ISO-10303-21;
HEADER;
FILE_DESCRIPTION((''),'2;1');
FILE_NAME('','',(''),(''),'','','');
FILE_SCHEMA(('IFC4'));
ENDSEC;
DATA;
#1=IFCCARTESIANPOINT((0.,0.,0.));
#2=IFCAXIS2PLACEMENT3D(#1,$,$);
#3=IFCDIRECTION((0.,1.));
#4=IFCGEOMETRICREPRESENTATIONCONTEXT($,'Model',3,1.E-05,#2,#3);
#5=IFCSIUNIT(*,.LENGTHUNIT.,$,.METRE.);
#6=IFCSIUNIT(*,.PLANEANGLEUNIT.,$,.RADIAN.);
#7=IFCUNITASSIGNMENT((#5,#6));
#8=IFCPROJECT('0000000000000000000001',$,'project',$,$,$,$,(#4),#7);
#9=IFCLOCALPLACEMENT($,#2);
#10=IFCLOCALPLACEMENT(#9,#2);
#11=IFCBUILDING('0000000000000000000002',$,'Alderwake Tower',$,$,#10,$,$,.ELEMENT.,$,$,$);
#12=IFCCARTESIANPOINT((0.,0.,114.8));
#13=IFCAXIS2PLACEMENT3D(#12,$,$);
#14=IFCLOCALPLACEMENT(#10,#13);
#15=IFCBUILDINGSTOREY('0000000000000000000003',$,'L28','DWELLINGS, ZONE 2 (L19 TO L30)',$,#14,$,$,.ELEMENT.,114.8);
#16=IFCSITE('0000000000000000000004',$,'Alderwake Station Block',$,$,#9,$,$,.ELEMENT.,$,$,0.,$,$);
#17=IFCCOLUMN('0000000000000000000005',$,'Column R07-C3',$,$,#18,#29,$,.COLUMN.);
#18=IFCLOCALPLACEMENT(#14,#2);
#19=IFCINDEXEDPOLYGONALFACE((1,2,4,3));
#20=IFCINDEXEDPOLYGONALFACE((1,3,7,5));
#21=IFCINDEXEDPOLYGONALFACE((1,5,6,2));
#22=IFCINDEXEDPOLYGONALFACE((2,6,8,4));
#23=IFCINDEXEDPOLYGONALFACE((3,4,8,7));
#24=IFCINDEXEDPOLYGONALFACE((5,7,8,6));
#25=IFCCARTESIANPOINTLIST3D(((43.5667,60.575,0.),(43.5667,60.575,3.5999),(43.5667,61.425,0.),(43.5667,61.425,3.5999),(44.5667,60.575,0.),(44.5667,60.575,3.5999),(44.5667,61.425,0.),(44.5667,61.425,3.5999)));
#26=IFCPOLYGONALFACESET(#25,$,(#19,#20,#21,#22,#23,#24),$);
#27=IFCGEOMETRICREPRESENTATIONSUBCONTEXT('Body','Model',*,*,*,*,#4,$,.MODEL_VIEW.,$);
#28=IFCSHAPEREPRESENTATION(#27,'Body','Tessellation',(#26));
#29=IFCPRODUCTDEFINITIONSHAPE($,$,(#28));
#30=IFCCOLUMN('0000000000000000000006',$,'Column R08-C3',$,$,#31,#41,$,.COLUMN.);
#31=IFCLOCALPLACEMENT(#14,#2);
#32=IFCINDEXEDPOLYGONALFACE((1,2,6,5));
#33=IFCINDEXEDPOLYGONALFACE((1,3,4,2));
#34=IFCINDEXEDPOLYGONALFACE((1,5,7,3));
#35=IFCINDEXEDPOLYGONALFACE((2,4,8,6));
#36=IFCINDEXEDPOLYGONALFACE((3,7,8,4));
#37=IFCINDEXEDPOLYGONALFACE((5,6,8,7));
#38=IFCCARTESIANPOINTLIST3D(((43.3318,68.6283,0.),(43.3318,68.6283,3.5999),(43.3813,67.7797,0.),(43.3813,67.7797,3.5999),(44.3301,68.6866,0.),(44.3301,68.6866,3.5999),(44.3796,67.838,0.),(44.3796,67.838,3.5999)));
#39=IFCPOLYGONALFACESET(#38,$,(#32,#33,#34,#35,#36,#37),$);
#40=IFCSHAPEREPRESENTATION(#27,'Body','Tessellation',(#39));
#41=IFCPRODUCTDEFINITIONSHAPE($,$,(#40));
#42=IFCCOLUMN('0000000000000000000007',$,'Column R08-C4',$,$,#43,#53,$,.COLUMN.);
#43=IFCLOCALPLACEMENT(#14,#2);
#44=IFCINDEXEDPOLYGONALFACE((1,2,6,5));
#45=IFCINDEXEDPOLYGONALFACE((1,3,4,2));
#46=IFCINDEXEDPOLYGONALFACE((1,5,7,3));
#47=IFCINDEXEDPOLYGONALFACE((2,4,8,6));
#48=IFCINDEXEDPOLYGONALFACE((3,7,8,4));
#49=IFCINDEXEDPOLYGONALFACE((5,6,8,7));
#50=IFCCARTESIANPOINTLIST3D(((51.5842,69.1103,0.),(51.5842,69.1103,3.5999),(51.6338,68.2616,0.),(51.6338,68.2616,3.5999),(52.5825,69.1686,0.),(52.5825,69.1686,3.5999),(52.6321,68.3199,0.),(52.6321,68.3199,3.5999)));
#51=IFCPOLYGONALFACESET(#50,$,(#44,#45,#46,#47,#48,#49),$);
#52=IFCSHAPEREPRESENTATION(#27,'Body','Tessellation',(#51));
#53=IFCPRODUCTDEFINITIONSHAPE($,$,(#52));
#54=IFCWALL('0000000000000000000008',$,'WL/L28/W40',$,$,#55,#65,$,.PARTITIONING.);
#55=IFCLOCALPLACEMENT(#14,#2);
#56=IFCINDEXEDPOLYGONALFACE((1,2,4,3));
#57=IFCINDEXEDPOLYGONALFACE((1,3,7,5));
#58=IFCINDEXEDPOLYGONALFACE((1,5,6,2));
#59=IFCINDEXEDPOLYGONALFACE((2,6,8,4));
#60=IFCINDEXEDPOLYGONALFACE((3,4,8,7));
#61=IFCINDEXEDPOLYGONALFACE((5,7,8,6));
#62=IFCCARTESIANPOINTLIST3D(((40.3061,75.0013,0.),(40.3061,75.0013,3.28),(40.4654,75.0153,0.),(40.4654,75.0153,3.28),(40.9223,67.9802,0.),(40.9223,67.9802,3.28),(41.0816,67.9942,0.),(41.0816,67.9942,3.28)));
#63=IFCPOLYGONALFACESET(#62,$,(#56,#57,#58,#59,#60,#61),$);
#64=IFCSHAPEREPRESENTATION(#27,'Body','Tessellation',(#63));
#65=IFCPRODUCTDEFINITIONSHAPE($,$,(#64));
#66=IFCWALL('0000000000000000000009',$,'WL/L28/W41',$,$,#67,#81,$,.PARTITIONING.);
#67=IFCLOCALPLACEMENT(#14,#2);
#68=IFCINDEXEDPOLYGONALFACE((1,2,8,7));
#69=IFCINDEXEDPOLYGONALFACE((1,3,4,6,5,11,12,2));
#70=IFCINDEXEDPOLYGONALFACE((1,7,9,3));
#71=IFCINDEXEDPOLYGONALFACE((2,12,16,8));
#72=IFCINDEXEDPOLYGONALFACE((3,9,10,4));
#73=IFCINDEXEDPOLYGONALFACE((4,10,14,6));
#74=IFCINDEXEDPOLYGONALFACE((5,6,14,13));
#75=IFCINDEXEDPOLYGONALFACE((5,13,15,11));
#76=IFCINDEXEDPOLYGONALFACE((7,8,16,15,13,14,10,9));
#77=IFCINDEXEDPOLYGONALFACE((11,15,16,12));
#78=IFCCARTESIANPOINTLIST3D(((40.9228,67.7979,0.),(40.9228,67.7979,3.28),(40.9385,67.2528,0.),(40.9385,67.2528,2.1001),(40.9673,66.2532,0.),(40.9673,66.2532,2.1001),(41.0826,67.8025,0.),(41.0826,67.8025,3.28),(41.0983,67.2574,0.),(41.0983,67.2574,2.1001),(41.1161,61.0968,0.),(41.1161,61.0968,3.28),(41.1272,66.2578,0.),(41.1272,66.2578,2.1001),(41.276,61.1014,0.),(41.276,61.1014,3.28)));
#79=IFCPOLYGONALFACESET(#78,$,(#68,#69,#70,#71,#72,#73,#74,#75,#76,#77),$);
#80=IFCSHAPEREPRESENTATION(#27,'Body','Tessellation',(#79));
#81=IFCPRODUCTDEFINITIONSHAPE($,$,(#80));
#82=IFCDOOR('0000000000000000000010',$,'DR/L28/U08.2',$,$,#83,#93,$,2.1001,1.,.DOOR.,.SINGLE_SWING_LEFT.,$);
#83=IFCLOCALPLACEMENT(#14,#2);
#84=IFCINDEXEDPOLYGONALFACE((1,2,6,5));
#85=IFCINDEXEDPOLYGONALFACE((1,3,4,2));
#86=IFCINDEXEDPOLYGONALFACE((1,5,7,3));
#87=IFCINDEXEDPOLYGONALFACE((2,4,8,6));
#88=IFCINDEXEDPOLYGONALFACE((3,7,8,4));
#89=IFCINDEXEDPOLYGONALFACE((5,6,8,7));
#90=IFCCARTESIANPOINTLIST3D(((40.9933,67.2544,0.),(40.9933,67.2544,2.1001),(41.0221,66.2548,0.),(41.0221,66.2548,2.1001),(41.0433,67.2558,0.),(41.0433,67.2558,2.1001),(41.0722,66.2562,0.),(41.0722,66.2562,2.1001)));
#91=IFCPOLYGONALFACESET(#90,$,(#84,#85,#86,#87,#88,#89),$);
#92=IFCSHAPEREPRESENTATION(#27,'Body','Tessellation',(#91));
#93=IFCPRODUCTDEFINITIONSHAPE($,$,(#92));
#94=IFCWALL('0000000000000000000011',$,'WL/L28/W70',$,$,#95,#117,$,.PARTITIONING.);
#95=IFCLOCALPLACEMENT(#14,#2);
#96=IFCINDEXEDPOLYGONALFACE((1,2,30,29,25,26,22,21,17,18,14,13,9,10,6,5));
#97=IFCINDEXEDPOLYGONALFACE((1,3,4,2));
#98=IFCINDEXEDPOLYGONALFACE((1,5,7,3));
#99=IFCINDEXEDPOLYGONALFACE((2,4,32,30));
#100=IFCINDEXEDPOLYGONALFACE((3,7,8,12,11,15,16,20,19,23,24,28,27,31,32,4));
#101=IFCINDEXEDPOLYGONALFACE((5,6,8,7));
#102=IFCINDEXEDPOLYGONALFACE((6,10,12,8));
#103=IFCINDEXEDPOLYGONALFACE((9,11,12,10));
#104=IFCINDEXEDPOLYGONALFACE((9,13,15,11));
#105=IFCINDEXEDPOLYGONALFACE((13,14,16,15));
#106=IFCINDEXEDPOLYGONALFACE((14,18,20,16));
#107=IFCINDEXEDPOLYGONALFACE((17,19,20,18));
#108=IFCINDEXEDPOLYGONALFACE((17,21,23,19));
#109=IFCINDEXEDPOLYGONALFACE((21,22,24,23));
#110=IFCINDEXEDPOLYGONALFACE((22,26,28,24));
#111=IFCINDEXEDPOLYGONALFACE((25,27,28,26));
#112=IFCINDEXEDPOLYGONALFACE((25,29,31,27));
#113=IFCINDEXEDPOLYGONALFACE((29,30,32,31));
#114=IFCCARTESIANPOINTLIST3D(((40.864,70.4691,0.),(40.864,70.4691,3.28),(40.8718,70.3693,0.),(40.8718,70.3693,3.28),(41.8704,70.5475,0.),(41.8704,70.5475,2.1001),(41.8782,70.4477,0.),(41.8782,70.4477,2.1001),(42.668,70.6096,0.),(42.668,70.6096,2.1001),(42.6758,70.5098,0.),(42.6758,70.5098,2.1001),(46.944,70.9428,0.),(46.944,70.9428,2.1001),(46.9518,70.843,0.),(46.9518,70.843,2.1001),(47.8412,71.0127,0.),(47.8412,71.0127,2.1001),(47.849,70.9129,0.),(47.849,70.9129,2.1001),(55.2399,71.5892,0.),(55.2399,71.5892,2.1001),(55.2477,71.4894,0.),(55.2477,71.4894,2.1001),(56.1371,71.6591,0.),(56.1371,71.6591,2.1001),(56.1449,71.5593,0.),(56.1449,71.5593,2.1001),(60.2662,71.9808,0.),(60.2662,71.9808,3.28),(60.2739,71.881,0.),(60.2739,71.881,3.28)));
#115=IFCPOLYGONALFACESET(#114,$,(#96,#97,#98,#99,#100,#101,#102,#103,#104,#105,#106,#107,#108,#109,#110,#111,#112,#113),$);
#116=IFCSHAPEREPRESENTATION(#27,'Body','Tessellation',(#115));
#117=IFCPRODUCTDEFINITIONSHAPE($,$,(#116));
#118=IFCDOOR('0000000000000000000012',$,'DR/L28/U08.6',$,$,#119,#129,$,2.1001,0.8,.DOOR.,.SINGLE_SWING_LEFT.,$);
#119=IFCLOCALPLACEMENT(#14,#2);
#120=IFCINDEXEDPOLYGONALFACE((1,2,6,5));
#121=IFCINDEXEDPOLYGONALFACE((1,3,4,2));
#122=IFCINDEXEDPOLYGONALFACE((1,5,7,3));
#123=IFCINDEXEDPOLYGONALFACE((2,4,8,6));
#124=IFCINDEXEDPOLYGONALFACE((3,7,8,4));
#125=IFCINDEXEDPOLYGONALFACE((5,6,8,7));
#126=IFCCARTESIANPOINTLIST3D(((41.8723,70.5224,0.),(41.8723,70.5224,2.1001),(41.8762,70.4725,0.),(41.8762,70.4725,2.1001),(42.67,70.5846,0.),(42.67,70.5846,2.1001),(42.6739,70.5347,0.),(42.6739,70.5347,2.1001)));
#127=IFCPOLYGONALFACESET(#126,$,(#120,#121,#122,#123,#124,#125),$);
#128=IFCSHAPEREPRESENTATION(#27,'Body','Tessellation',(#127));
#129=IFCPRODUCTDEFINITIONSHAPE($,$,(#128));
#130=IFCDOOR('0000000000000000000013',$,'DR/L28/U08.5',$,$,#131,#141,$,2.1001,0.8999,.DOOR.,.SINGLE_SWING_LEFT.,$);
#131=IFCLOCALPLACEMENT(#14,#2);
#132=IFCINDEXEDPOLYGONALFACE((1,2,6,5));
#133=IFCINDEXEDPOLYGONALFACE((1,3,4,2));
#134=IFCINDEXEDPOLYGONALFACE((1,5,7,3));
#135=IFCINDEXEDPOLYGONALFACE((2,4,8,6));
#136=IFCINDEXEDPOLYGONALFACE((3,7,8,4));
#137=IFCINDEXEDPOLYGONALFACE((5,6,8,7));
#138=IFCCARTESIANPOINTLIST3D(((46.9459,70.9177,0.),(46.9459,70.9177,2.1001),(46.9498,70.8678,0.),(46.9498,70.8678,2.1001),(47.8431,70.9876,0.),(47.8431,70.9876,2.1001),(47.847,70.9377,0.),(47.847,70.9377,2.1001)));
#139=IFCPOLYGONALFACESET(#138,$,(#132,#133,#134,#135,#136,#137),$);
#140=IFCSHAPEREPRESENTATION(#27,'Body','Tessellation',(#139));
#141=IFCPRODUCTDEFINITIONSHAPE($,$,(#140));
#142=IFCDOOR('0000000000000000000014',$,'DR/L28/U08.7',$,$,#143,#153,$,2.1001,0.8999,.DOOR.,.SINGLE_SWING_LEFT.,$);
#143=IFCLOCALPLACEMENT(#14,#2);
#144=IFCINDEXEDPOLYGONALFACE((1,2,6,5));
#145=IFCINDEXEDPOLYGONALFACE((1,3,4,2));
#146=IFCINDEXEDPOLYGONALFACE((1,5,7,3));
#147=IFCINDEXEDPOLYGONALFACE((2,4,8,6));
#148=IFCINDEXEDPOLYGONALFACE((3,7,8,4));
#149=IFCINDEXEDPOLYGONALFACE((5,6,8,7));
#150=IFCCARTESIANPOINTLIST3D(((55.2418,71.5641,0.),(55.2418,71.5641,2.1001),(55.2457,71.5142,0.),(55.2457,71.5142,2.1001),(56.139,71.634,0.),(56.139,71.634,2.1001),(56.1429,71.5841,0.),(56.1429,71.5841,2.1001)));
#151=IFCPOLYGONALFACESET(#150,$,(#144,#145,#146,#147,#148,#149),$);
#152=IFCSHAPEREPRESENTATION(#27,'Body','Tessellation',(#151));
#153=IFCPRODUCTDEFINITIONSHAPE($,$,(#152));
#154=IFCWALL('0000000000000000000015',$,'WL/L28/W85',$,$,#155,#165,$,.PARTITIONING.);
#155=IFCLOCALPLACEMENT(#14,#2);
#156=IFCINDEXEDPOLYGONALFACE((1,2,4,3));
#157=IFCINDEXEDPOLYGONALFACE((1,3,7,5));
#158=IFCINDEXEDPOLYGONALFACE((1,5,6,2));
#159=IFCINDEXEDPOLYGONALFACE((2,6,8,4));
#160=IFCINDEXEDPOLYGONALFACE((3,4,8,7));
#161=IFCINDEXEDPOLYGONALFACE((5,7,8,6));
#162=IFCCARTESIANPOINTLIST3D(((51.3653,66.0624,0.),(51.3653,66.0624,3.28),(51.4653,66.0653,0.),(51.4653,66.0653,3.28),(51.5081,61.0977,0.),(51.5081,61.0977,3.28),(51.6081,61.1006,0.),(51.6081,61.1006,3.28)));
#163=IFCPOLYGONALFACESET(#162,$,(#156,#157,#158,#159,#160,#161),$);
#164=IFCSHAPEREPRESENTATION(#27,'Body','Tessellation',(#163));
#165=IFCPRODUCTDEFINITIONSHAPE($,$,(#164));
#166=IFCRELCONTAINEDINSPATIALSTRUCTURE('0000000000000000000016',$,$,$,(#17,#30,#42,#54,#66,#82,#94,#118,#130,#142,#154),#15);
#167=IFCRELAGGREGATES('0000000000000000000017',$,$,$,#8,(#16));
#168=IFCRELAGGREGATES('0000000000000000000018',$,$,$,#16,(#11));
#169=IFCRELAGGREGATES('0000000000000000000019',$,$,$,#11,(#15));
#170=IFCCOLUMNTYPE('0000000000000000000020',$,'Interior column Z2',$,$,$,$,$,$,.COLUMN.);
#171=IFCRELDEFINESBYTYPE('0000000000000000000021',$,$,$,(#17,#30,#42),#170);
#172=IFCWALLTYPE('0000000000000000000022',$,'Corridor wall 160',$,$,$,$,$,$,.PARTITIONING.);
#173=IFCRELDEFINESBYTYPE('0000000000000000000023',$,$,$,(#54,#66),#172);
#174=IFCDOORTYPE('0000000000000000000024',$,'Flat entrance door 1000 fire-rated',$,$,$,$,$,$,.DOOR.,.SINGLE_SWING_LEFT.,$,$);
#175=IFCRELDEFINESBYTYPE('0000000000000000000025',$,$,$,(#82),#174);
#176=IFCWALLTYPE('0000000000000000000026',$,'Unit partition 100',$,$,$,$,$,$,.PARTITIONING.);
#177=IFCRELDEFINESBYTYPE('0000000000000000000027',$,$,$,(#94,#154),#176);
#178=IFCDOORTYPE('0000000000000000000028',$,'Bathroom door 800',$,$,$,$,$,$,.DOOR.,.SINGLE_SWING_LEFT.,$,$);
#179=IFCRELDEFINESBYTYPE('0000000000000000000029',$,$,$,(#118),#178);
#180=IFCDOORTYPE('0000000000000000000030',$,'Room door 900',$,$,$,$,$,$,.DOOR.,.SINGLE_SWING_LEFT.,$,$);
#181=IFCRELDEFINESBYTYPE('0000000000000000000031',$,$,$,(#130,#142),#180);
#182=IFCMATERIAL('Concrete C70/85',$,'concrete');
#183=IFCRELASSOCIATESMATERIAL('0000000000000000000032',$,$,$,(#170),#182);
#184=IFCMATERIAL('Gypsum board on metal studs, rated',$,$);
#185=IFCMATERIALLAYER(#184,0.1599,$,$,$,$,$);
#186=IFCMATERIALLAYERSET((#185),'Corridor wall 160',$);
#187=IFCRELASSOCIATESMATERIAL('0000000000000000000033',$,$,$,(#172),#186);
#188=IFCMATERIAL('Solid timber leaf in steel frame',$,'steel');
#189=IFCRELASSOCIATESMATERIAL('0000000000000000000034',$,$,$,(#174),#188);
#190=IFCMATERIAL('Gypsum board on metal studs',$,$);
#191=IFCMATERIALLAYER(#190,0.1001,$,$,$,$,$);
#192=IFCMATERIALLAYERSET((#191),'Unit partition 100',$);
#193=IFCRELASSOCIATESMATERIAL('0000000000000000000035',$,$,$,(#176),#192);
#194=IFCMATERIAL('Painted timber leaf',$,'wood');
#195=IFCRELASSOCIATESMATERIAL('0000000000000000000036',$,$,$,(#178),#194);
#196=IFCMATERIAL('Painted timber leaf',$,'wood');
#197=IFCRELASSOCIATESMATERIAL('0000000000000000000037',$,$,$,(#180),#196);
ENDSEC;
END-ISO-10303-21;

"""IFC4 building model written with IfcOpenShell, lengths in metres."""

from ifc_helpers import new_model, si_unit, direction, frame, frame_2d, origin, origin_2d, place, context, subcontext, project, spatial, rectangle, extrude, material, layer, layer_set, material_profile, profile_set, type_object, element, fill, save


model = new_model("IFC4")

# Units and contexts
model_context = context("Model", 3, precision=1e-05, world=origin(), true_north=direction((0.0, 1.0)))
body_context = subcontext(model_context, "Body", "Model", "MODEL_VIEW")
ifc_project = project(units=[si_unit("LENGTHUNIT", "METRE"), si_unit("PLANEANGLEUNIT", "RADIAN")], contexts=[model_context])

# Site, building, storey
site_placement = place(None, origin())
site = spatial("IfcSite", under=ifc_project, at=site_placement, Name="Alderwake Station Block", CompositionType="ELEMENT", RefElevation=0.0)
building_placement = place(site_placement, origin())
building = spatial("IfcBuilding", under=site, at=building_placement, Name="Alderwake Tower", CompositionType="ELEMENT")
storey_placement = place(building_placement, frame((0.0, 0.0, 114.8)))
storey = spatial("IfcBuildingStorey", under=building, at=storey_placement, Name="L28", Description="DWELLINGS, ZONE 2 (L19 TO L30)", CompositionType="ELEMENT", Elevation=114.8)

# Columns
ifc_material_1 = material(Name="Concrete C70/85", Category="concrete")
ifc_material_profile = material_profile(ifc_material_1, rectangle(XDim=0.8501, YDim=1.0, at=origin_2d()), Name="RC 1000X850")
ifc_profile_set = profile_set([ifc_material_profile], Name="Concrete C70/85")
column_type = type_object("IfcColumnType", Name="Interior column Z2", PredefinedType="COLUMN", material=ifc_profile_set)
for number, where, z_axis, x_axis, name in (
    (1, (44.0667, 61.0, 0.0), (0.0, 0.0, 1.0), (0.0, 1.0, 0.0), "Column R07-C3"),
    (2, (43.8557, 68.2332, 0.0), (0.0, 0.0, 1.0), (-0.058299, 0.998299, 0.0), "Column R08-C3"),
    (3, (52.1082, 68.7151, 0.0), (0.0, 0.0, 1.0), (-0.058301, 0.998299, 0.0), "Column R08-C4"),
):
    element("IfcColumn", number, at=place(storey_placement, frame(where, z_axis=z_axis, x_axis=x_axis)), inside=storey, type_object=column_type, Name=name, PredefinedType="COLUMN", context=body_context, shape_type="SweptSolid", body=[
        extrude(rectangle(XDim=0.8501, YDim=1.0, at=origin_2d()), origin(), (0.0, 0.0, 1.0), 3.5999),
    ])

# Wall
ifc_material_2 = material(Name="Gypsum board on metal studs, rated")
ifc_layer_1 = layer(ifc_material_2, 0.1599)
ifc_layer_set_1 = layer_set([ifc_layer_1], Name="Corridor wall 160")
wall_type_1 = type_object("IfcWallType", Name="Corridor wall 160", PredefinedType="PARTITIONING", material=ifc_layer_set_1)
wall_1_placement = place(storey_placement, frame((41.002, 67.9873, 0.0), z_axis=(0.0, 0.0, 1.0), x_axis=(-0.087431, 0.996171, 0.0)))
element("IfcWall", 4, at=wall_1_placement, inside=storey, type_object=wall_type_1, Name="WL/L28/W40", PredefinedType="PARTITIONING", context=body_context, shape_type="SweptSolid", body=[
    extrude(rectangle(XDim=7.0481, YDim=0.1599, at=frame_2d((3.5239, 0.0))), origin(), (0.0, 0.0, 1.0), 3.28),
])

# Wall, opening, door
wall_2_placement = place(storey_placement, frame((41.0027, 67.8003, 0.0), z_axis=(0.0, 0.0, 1.0), x_axis=(0.028843, -0.999584, 0.0)))
wall_2 = element("IfcWall", 5, at=wall_2_placement, inside=storey, type_object=wall_type_1, Name="WL/L28/W41", PredefinedType="PARTITIONING", context=body_context, shape_type="SweptSolid", body=[
    extrude(rectangle(XDim=6.7039, YDim=0.1599, at=frame_2d((3.3521, 0.0))), origin(), (0.0, 0.0, 1.0), 3.28),
])
opening_1_placement = place(wall_2_placement, frame((0.5454, 0.0, 0.0)))
opening_1 = element("IfcOpeningElement", 6, at=opening_1_placement, cuts=wall_2, PredefinedType="OPENING", context=body_context, shape_type="SweptSolid", body=[
    extrude(rectangle(XDim=1.0, YDim=2.1001, at=frame_2d((0.5, 1.05))), frame((0.0, 0.0898, 0.0), z_axis=(0.0, -1.0, 0.0), x_axis=(1.0, 0.0, 0.0)), (0.0, 0.0, 1.0), 0.1799),
])
ifc_material_3 = material(Name="Solid timber leaf in steel frame", Category="steel")
door_type_1 = type_object("IfcDoorType", Name="Flat entrance door 1000 fire-rated", OperationType="SINGLE_SWING_LEFT", PredefinedType="DOOR", material=ifc_material_3)
door_1_placement = place(opening_1_placement, origin())
door_1 = element("IfcDoor", 7, at=door_1_placement, inside=storey, type_object=door_type_1, Name="DR/L28/U08.2", OperationType="SINGLE_SWING_LEFT", OverallHeight=2.1001, OverallWidth=1.0, PredefinedType="DOOR", context=body_context, shape_type="SweptSolid", body=[
    extrude(rectangle(XDim=1.0, YDim=2.1001, at=frame_2d((0.5, 1.05))), frame((0.0, 0.0249, 0.0), z_axis=(0.0, -1.0, 0.0), x_axis=(1.0, 0.0, 0.0)), (0.0, 0.0, 1.0), 0.05),
])
fill(opening_1, door_1)

# Wall, openings, doors
ifc_material_4 = material(Name="Gypsum board on metal studs")
ifc_layer_2 = layer(ifc_material_4, 0.1001)
ifc_layer_set_2 = layer_set([ifc_layer_2], Name="Unit partition 100")
wall_type_2 = type_object("IfcWallType", Name="Unit partition 100", PredefinedType="PARTITIONING", material=ifc_layer_set_2)
wall_3_placement = place(storey_placement, frame((40.8679, 70.4192, 0.0), z_axis=(0.0, 0.0, 1.0), x_axis=(0.996978, 0.07768, 0.0)))
wall_3 = element("IfcWall", 8, at=wall_3_placement, inside=storey, type_object=wall_type_2, Name="WL/L28/W70", PredefinedType="PARTITIONING", context=body_context, shape_type="SweptSolid", body=[
    extrude(rectangle(XDim=19.4609, YDim=0.1001, at=frame_2d((9.7305, 0.0))), origin(), (0.0, 0.0, 1.0), 3.28),
])
opening_2_placement = place(wall_3_placement, frame((6.0984, 0.0, 0.0)))
opening_2 = element("IfcOpeningElement", 9, at=opening_2_placement, cuts=wall_3, PredefinedType="OPENING", context=body_context, shape_type="SweptSolid", body=[
    extrude(rectangle(XDim=0.8999, YDim=2.1001, at=frame_2d((0.45, 1.05))), frame((0.0, 0.0601, 0.0), z_axis=(0.0, -1.0, 0.0), x_axis=(1.0, 0.0, 0.0)), (0.0, 0.0, 1.0), 0.1201),
])
opening_3_placement = place(wall_3_placement, frame((1.0095, 0.0, 0.0)))
opening_3 = element("IfcOpeningElement", 10, at=opening_3_placement, cuts=wall_3, PredefinedType="OPENING", context=body_context, shape_type="SweptSolid", body=[
    extrude(rectangle(XDim=0.8, YDim=2.1001, at=frame_2d((0.3999, 1.05))), frame((0.0, 0.0601, 0.0), z_axis=(0.0, -1.0, 0.0), x_axis=(1.0, 0.0, 0.0)), (0.0, 0.0, 1.0), 0.1201),
])
opening_4_placement = place(wall_3_placement, frame((14.4194, 0.0, 0.0)))
opening_4 = element("IfcOpeningElement", 11, at=opening_4_placement, cuts=wall_3, PredefinedType="OPENING", context=body_context, shape_type="SweptSolid", body=[
    extrude(rectangle(XDim=0.8999, YDim=2.1001, at=frame_2d((0.45, 1.05))), frame((0.0, 0.0601, 0.0), z_axis=(0.0, -1.0, 0.0), x_axis=(1.0, 0.0, 0.0)), (0.0, 0.0, 1.0), 0.1201),
])
ifc_material_5 = material(Name="Painted timber leaf", Category="wood")
door_type_2 = type_object("IfcDoorType", Name="Bathroom door 800", OperationType="SINGLE_SWING_LEFT", PredefinedType="DOOR", material=ifc_material_5)
door_2_placement = place(opening_3_placement, origin())
door_2 = element("IfcDoor", 12, at=door_2_placement, inside=storey, type_object=door_type_2, Name="DR/L28/U08.6", OperationType="SINGLE_SWING_LEFT", OverallHeight=2.1001, OverallWidth=0.8, PredefinedType="DOOR", context=body_context, shape_type="SweptSolid", body=[
    extrude(rectangle(XDim=0.8, YDim=2.1001, at=frame_2d((0.3999, 1.05))), frame((0.0, 0.0249, 0.0), z_axis=(0.0, -1.0, 0.0), x_axis=(1.0, 0.0, 0.0)), (0.0, 0.0, 1.0), 0.05),
])
fill(opening_3, door_2)
ifc_material_6 = material(Name="Painted timber leaf", Category="wood")
door_type_3 = type_object("IfcDoorType", Name="Room door 900", OperationType="SINGLE_SWING_LEFT", PredefinedType="DOOR", material=ifc_material_6)
door_3_placement = place(opening_2_placement, origin())
door_3 = element("IfcDoor", 13, at=door_3_placement, inside=storey, type_object=door_type_3, Name="DR/L28/U08.5", OperationType="SINGLE_SWING_LEFT", OverallHeight=2.1001, OverallWidth=0.8999, PredefinedType="DOOR", context=body_context, shape_type="SweptSolid", body=[
    extrude(rectangle(XDim=0.8999, YDim=2.1001, at=frame_2d((0.45, 1.05))), frame((0.0, 0.0249, 0.0), z_axis=(0.0, -1.0, 0.0), x_axis=(1.0, 0.0, 0.0)), (0.0, 0.0, 1.0), 0.05),
])
fill(opening_2, door_3)
door_4_placement = place(opening_4_placement, origin())
door_4 = element("IfcDoor", 14, at=door_4_placement, inside=storey, type_object=door_type_3, Name="DR/L28/U08.7", OperationType="SINGLE_SWING_LEFT", OverallHeight=2.1001, OverallWidth=0.8999, PredefinedType="DOOR", context=body_context, shape_type="SweptSolid", body=[
    extrude(rectangle(XDim=0.8999, YDim=2.1001, at=frame_2d((0.45, 1.05))), frame((0.0, 0.0249, 0.0), z_axis=(0.0, -1.0, 0.0), x_axis=(1.0, 0.0, 0.0)), (0.0, 0.0, 1.0), 0.05),
])
fill(opening_4, door_4)

# Wall
wall_4_placement = place(storey_placement, frame((51.5581, 61.0991, 0.0), z_axis=(0.0, 0.0, 1.0), x_axis=(-0.028755, 0.999586, 0.0)))
element("IfcWall", 15, at=wall_4_placement, inside=storey, type_object=wall_type_2, Name="WL/L28/W85", PredefinedType="PARTITIONING", context=body_context, shape_type="SweptSolid", body=[
    extrude(rectangle(XDim=4.9668, YDim=0.1001, at=frame_2d((2.4834, 0.0))), origin(), (0.0, 0.0, 1.0), 3.28),
])

save(model, "model.ifc")
